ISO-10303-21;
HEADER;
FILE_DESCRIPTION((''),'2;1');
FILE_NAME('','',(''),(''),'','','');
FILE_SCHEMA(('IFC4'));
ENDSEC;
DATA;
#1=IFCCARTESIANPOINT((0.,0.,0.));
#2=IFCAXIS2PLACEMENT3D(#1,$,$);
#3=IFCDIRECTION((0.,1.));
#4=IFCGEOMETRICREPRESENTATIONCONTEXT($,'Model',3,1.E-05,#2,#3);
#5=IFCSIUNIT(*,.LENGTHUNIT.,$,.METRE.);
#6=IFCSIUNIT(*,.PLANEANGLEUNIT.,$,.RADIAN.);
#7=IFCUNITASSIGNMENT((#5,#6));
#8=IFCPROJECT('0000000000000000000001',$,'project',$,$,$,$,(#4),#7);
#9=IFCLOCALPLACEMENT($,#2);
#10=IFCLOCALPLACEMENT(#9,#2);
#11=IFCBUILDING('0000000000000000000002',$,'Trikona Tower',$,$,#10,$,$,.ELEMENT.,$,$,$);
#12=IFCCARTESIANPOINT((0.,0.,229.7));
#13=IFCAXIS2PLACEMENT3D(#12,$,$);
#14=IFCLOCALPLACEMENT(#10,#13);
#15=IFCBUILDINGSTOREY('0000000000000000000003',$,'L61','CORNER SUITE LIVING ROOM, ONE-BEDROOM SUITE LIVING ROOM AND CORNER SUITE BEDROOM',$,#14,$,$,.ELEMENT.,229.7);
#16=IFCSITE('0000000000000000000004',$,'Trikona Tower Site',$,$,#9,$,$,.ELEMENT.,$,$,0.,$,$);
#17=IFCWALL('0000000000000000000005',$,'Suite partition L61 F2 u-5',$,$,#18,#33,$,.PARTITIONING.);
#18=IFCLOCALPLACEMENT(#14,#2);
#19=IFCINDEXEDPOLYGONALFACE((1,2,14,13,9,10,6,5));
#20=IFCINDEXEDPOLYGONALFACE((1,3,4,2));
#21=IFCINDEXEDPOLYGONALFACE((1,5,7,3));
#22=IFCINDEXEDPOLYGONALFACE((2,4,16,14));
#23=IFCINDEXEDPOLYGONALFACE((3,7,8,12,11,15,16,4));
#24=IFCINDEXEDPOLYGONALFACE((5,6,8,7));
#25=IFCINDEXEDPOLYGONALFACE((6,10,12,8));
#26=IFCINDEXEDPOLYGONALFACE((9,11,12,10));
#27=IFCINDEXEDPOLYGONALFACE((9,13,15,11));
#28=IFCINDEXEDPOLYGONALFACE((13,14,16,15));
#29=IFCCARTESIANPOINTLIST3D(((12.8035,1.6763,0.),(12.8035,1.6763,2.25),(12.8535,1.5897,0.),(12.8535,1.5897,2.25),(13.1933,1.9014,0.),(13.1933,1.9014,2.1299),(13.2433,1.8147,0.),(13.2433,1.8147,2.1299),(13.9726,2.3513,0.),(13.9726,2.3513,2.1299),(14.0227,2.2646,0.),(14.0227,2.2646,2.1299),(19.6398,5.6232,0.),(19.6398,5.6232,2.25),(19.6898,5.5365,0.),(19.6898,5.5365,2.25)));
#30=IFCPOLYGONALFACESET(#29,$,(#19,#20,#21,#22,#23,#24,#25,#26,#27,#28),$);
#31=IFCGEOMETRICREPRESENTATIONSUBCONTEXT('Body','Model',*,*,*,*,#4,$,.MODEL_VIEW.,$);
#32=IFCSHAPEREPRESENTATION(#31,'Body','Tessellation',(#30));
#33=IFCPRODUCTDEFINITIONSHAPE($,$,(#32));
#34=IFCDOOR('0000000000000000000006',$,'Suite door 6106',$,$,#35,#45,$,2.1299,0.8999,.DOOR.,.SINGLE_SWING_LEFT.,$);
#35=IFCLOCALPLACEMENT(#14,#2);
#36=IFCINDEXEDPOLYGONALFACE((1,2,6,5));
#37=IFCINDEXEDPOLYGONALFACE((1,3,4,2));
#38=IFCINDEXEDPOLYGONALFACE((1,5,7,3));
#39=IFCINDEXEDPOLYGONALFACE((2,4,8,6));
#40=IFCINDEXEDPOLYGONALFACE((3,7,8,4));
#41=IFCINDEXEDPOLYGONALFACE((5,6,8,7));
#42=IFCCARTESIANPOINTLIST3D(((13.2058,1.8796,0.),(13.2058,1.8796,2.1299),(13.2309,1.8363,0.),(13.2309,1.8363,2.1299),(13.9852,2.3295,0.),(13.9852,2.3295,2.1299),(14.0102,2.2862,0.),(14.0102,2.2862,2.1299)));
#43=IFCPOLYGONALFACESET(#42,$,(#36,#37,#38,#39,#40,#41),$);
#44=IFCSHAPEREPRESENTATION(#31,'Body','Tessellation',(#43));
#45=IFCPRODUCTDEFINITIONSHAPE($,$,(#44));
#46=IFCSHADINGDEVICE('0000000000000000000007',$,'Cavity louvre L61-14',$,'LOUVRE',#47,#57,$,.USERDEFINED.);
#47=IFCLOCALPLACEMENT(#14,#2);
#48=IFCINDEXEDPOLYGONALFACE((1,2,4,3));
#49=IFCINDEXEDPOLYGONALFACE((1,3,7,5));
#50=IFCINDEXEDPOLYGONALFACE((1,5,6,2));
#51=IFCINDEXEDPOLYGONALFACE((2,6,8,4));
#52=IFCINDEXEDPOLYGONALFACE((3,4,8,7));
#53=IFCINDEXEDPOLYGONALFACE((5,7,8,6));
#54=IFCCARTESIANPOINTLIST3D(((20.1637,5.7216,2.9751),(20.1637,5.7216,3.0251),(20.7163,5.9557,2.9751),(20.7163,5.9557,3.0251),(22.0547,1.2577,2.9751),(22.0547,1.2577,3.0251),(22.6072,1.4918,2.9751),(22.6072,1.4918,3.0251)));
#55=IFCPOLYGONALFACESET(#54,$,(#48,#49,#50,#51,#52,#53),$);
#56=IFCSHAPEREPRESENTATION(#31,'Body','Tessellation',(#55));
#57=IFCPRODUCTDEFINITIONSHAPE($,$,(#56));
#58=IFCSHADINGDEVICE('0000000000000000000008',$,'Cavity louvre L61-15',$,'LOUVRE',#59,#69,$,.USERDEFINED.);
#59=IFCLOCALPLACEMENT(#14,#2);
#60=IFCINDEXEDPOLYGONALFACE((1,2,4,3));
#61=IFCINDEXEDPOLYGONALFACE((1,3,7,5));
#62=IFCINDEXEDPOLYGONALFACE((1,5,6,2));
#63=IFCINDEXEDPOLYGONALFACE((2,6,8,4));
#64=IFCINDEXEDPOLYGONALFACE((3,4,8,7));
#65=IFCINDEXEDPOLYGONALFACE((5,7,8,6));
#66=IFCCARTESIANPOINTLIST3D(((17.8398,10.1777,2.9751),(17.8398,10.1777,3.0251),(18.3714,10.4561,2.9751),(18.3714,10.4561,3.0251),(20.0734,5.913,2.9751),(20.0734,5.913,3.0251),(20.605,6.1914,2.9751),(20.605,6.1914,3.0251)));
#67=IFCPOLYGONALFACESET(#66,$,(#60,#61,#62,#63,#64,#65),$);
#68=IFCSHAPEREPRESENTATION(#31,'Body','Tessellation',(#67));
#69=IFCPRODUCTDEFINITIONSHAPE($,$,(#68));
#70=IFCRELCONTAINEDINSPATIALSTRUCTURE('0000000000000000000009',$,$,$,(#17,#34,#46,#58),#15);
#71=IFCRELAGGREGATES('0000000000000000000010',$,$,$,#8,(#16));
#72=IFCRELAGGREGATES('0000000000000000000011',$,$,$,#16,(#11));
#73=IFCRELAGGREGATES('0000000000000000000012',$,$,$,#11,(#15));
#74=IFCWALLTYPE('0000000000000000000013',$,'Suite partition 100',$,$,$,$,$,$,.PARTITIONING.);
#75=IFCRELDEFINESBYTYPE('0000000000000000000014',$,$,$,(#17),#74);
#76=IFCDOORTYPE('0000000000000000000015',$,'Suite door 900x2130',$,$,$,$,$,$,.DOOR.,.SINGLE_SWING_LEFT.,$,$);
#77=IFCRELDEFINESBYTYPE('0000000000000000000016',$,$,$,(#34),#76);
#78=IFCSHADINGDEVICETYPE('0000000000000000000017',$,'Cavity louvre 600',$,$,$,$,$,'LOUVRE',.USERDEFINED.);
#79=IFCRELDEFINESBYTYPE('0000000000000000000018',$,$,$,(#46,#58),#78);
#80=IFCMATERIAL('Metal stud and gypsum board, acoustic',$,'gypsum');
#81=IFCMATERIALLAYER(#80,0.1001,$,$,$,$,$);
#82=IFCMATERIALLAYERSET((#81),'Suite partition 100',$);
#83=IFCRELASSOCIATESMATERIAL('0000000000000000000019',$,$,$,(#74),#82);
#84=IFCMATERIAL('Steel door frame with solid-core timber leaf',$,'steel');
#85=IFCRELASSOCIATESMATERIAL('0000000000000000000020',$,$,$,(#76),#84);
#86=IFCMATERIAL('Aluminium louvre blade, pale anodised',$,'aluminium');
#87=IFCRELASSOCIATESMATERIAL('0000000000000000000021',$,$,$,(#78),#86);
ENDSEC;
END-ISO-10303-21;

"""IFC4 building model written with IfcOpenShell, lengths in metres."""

from ifc_helpers import new_model, si_unit, direction, frame, frame_2d, origin, origin_2d, place, context, subcontext, project, spatial, rectangle, extrude, material, layer, layer_set, type_object, element, fill, save


model = new_model("IFC4")

# Units and contexts
model_context = context("Model", 3, precision=1e-05, world=origin(), true_north=direction((0.0, 1.0)))
body_context = subcontext(model_context, "Body", "Model", "MODEL_VIEW")
ifc_project = project(units=[si_unit("LENGTHUNIT", "METRE"), si_unit("PLANEANGLEUNIT", "RADIAN")], contexts=[model_context])

# Site, building, storey
site_placement = place(None, origin())
site = spatial("IfcSite", under=ifc_project, at=site_placement, Name="Trikona Tower Site", CompositionType="ELEMENT", RefElevation=0.0)
building_placement = place(site_placement, origin())
building = spatial("IfcBuilding", under=site, at=building_placement, Name="Trikona Tower", CompositionType="ELEMENT")
storey_placement = place(building_placement, frame((0.0, 0.0, 229.7)))
storey = spatial("IfcBuildingStorey", under=building, at=storey_placement, Name="L61", Description="CORNER SUITE LIVING ROOM, ONE-BEDROOM SUITE LIVING ROOM AND CORNER SUITE BEDROOM", CompositionType="ELEMENT", Elevation=229.7)

# Wall, opening, door
ifc_material_1 = material(Name="Metal stud and gypsum board, acoustic", Category="gypsum")
ifc_layer_1 = layer(ifc_material_1, 0.1001)
ifc_layer_set_1 = layer_set([ifc_layer_1], Name="Suite partition 100")
wall_type_1 = type_object("IfcWallType", Name="Suite partition 100", PredefinedType="PARTITIONING", material=ifc_layer_set_1)
wall_1_placement = place(storey_placement, frame((12.8286, 1.6331, 0.0), z_axis=(0.0, 0.0, 1.0), x_axis=(0.866031, 0.499991, 0.0)))
wall_1 = element("IfcWall", 1, at=wall_1_placement, inside=storey, type_object=wall_type_1, Name="Suite partition L61 F2 u-5", PredefinedType="PARTITIONING", context=body_context, shape_type="SweptSolid", body=[
    extrude(rectangle(XDim=7.8938, YDim=0.1001, at=frame_2d((3.9468, 0.0))), origin(), (0.0, 0.0, 1.0), 2.25),
])
opening_1_placement = place(wall_1_placement, frame((0.45, 0.0, 0.0)))
opening_1 = element("IfcOpeningElement", 2, at=opening_1_placement, cuts=wall_1, PredefinedType="OPENING", context=body_context, shape_type="SweptSolid", body=[
    extrude(rectangle(XDim=0.8999, YDim=2.1299, at=frame_2d((0.45, 1.0649))), frame((0.0, 0.0601, 0.0), z_axis=(0.0, -1.0, 0.0), x_axis=(1.0, 0.0, 0.0)), (0.0, 0.0, 1.0), 0.1201),
])
ifc_material_2 = material(Name="Steel door frame with solid-core timber leaf", Category="steel")
door_type = type_object("IfcDoorType", Name="Suite door 900x2130", OperationType="SINGLE_SWING_LEFT", PredefinedType="DOOR", material=ifc_material_2)
door_placement = place(opening_1_placement, origin())
door = element("IfcDoor", 3, at=door_placement, inside=storey, type_object=door_type, Name="Suite door 6106", OperationType="SINGLE_SWING_LEFT", OverallHeight=2.1299, OverallWidth=0.8999, PredefinedType="DOOR", context=body_context, shape_type="SweptSolid", body=[
    extrude(rectangle(XDim=0.8999, YDim=2.1299, at=frame_2d((0.45, 1.0649))), frame((0.0, 0.0249, 0.0), z_axis=(0.0, -1.0, 0.0), x_axis=(1.0, 0.0, 0.0)), (0.0, 0.0, 1.0), 0.05),
])
fill(opening_1, door)

# Shading devices
ifc_material_3 = material(Name="Aluminium louvre blade, pale anodised", Category="aluminium")
shading_device_type = type_object("IfcShadingDeviceType", Name="Cavity louvre 600", ElementType="LOUVRE", PredefinedType="USERDEFINED", material=ifc_material_3)
shading_device_1_placement = place(storey_placement, frame((21.3855, 3.6067, 2.9751), z_axis=(0.0, 0.0, 1.0), x_axis=(-0.390051, 0.920793, 0.0)))
element("IfcShadingDevice", 4, at=shading_device_1_placement, inside=storey, type_object=shading_device_type, Name="Cavity louvre L61-14", ObjectType="LOUVRE", PredefinedType="USERDEFINED", context=body_context, shape_type="SweptSolid", body=[
    extrude(rectangle(XDim=4.8479, YDim=0.6001, at=origin_2d()), origin(), (0.0, 0.0, 1.0), 0.05),
])
shading_device_2_placement = place(storey_placement, frame((19.2224, 8.1846, 2.9751), z_axis=(0.0, 0.0, 1.0), x_axis=(-0.463952, 0.88586, 0.0)))
element("IfcShadingDevice", 5, at=shading_device_2_placement, inside=storey, type_object=shading_device_type, Name="Cavity louvre L61-15", ObjectType="LOUVRE", PredefinedType="USERDEFINED", context=body_context, shape_type="SweptSolid", body=[
    extrude(rectangle(XDim=4.8142, YDim=0.6001, at=origin_2d()), origin(), (0.0, 0.0, 1.0), 0.05),
])

save(model, "model.ifc")
